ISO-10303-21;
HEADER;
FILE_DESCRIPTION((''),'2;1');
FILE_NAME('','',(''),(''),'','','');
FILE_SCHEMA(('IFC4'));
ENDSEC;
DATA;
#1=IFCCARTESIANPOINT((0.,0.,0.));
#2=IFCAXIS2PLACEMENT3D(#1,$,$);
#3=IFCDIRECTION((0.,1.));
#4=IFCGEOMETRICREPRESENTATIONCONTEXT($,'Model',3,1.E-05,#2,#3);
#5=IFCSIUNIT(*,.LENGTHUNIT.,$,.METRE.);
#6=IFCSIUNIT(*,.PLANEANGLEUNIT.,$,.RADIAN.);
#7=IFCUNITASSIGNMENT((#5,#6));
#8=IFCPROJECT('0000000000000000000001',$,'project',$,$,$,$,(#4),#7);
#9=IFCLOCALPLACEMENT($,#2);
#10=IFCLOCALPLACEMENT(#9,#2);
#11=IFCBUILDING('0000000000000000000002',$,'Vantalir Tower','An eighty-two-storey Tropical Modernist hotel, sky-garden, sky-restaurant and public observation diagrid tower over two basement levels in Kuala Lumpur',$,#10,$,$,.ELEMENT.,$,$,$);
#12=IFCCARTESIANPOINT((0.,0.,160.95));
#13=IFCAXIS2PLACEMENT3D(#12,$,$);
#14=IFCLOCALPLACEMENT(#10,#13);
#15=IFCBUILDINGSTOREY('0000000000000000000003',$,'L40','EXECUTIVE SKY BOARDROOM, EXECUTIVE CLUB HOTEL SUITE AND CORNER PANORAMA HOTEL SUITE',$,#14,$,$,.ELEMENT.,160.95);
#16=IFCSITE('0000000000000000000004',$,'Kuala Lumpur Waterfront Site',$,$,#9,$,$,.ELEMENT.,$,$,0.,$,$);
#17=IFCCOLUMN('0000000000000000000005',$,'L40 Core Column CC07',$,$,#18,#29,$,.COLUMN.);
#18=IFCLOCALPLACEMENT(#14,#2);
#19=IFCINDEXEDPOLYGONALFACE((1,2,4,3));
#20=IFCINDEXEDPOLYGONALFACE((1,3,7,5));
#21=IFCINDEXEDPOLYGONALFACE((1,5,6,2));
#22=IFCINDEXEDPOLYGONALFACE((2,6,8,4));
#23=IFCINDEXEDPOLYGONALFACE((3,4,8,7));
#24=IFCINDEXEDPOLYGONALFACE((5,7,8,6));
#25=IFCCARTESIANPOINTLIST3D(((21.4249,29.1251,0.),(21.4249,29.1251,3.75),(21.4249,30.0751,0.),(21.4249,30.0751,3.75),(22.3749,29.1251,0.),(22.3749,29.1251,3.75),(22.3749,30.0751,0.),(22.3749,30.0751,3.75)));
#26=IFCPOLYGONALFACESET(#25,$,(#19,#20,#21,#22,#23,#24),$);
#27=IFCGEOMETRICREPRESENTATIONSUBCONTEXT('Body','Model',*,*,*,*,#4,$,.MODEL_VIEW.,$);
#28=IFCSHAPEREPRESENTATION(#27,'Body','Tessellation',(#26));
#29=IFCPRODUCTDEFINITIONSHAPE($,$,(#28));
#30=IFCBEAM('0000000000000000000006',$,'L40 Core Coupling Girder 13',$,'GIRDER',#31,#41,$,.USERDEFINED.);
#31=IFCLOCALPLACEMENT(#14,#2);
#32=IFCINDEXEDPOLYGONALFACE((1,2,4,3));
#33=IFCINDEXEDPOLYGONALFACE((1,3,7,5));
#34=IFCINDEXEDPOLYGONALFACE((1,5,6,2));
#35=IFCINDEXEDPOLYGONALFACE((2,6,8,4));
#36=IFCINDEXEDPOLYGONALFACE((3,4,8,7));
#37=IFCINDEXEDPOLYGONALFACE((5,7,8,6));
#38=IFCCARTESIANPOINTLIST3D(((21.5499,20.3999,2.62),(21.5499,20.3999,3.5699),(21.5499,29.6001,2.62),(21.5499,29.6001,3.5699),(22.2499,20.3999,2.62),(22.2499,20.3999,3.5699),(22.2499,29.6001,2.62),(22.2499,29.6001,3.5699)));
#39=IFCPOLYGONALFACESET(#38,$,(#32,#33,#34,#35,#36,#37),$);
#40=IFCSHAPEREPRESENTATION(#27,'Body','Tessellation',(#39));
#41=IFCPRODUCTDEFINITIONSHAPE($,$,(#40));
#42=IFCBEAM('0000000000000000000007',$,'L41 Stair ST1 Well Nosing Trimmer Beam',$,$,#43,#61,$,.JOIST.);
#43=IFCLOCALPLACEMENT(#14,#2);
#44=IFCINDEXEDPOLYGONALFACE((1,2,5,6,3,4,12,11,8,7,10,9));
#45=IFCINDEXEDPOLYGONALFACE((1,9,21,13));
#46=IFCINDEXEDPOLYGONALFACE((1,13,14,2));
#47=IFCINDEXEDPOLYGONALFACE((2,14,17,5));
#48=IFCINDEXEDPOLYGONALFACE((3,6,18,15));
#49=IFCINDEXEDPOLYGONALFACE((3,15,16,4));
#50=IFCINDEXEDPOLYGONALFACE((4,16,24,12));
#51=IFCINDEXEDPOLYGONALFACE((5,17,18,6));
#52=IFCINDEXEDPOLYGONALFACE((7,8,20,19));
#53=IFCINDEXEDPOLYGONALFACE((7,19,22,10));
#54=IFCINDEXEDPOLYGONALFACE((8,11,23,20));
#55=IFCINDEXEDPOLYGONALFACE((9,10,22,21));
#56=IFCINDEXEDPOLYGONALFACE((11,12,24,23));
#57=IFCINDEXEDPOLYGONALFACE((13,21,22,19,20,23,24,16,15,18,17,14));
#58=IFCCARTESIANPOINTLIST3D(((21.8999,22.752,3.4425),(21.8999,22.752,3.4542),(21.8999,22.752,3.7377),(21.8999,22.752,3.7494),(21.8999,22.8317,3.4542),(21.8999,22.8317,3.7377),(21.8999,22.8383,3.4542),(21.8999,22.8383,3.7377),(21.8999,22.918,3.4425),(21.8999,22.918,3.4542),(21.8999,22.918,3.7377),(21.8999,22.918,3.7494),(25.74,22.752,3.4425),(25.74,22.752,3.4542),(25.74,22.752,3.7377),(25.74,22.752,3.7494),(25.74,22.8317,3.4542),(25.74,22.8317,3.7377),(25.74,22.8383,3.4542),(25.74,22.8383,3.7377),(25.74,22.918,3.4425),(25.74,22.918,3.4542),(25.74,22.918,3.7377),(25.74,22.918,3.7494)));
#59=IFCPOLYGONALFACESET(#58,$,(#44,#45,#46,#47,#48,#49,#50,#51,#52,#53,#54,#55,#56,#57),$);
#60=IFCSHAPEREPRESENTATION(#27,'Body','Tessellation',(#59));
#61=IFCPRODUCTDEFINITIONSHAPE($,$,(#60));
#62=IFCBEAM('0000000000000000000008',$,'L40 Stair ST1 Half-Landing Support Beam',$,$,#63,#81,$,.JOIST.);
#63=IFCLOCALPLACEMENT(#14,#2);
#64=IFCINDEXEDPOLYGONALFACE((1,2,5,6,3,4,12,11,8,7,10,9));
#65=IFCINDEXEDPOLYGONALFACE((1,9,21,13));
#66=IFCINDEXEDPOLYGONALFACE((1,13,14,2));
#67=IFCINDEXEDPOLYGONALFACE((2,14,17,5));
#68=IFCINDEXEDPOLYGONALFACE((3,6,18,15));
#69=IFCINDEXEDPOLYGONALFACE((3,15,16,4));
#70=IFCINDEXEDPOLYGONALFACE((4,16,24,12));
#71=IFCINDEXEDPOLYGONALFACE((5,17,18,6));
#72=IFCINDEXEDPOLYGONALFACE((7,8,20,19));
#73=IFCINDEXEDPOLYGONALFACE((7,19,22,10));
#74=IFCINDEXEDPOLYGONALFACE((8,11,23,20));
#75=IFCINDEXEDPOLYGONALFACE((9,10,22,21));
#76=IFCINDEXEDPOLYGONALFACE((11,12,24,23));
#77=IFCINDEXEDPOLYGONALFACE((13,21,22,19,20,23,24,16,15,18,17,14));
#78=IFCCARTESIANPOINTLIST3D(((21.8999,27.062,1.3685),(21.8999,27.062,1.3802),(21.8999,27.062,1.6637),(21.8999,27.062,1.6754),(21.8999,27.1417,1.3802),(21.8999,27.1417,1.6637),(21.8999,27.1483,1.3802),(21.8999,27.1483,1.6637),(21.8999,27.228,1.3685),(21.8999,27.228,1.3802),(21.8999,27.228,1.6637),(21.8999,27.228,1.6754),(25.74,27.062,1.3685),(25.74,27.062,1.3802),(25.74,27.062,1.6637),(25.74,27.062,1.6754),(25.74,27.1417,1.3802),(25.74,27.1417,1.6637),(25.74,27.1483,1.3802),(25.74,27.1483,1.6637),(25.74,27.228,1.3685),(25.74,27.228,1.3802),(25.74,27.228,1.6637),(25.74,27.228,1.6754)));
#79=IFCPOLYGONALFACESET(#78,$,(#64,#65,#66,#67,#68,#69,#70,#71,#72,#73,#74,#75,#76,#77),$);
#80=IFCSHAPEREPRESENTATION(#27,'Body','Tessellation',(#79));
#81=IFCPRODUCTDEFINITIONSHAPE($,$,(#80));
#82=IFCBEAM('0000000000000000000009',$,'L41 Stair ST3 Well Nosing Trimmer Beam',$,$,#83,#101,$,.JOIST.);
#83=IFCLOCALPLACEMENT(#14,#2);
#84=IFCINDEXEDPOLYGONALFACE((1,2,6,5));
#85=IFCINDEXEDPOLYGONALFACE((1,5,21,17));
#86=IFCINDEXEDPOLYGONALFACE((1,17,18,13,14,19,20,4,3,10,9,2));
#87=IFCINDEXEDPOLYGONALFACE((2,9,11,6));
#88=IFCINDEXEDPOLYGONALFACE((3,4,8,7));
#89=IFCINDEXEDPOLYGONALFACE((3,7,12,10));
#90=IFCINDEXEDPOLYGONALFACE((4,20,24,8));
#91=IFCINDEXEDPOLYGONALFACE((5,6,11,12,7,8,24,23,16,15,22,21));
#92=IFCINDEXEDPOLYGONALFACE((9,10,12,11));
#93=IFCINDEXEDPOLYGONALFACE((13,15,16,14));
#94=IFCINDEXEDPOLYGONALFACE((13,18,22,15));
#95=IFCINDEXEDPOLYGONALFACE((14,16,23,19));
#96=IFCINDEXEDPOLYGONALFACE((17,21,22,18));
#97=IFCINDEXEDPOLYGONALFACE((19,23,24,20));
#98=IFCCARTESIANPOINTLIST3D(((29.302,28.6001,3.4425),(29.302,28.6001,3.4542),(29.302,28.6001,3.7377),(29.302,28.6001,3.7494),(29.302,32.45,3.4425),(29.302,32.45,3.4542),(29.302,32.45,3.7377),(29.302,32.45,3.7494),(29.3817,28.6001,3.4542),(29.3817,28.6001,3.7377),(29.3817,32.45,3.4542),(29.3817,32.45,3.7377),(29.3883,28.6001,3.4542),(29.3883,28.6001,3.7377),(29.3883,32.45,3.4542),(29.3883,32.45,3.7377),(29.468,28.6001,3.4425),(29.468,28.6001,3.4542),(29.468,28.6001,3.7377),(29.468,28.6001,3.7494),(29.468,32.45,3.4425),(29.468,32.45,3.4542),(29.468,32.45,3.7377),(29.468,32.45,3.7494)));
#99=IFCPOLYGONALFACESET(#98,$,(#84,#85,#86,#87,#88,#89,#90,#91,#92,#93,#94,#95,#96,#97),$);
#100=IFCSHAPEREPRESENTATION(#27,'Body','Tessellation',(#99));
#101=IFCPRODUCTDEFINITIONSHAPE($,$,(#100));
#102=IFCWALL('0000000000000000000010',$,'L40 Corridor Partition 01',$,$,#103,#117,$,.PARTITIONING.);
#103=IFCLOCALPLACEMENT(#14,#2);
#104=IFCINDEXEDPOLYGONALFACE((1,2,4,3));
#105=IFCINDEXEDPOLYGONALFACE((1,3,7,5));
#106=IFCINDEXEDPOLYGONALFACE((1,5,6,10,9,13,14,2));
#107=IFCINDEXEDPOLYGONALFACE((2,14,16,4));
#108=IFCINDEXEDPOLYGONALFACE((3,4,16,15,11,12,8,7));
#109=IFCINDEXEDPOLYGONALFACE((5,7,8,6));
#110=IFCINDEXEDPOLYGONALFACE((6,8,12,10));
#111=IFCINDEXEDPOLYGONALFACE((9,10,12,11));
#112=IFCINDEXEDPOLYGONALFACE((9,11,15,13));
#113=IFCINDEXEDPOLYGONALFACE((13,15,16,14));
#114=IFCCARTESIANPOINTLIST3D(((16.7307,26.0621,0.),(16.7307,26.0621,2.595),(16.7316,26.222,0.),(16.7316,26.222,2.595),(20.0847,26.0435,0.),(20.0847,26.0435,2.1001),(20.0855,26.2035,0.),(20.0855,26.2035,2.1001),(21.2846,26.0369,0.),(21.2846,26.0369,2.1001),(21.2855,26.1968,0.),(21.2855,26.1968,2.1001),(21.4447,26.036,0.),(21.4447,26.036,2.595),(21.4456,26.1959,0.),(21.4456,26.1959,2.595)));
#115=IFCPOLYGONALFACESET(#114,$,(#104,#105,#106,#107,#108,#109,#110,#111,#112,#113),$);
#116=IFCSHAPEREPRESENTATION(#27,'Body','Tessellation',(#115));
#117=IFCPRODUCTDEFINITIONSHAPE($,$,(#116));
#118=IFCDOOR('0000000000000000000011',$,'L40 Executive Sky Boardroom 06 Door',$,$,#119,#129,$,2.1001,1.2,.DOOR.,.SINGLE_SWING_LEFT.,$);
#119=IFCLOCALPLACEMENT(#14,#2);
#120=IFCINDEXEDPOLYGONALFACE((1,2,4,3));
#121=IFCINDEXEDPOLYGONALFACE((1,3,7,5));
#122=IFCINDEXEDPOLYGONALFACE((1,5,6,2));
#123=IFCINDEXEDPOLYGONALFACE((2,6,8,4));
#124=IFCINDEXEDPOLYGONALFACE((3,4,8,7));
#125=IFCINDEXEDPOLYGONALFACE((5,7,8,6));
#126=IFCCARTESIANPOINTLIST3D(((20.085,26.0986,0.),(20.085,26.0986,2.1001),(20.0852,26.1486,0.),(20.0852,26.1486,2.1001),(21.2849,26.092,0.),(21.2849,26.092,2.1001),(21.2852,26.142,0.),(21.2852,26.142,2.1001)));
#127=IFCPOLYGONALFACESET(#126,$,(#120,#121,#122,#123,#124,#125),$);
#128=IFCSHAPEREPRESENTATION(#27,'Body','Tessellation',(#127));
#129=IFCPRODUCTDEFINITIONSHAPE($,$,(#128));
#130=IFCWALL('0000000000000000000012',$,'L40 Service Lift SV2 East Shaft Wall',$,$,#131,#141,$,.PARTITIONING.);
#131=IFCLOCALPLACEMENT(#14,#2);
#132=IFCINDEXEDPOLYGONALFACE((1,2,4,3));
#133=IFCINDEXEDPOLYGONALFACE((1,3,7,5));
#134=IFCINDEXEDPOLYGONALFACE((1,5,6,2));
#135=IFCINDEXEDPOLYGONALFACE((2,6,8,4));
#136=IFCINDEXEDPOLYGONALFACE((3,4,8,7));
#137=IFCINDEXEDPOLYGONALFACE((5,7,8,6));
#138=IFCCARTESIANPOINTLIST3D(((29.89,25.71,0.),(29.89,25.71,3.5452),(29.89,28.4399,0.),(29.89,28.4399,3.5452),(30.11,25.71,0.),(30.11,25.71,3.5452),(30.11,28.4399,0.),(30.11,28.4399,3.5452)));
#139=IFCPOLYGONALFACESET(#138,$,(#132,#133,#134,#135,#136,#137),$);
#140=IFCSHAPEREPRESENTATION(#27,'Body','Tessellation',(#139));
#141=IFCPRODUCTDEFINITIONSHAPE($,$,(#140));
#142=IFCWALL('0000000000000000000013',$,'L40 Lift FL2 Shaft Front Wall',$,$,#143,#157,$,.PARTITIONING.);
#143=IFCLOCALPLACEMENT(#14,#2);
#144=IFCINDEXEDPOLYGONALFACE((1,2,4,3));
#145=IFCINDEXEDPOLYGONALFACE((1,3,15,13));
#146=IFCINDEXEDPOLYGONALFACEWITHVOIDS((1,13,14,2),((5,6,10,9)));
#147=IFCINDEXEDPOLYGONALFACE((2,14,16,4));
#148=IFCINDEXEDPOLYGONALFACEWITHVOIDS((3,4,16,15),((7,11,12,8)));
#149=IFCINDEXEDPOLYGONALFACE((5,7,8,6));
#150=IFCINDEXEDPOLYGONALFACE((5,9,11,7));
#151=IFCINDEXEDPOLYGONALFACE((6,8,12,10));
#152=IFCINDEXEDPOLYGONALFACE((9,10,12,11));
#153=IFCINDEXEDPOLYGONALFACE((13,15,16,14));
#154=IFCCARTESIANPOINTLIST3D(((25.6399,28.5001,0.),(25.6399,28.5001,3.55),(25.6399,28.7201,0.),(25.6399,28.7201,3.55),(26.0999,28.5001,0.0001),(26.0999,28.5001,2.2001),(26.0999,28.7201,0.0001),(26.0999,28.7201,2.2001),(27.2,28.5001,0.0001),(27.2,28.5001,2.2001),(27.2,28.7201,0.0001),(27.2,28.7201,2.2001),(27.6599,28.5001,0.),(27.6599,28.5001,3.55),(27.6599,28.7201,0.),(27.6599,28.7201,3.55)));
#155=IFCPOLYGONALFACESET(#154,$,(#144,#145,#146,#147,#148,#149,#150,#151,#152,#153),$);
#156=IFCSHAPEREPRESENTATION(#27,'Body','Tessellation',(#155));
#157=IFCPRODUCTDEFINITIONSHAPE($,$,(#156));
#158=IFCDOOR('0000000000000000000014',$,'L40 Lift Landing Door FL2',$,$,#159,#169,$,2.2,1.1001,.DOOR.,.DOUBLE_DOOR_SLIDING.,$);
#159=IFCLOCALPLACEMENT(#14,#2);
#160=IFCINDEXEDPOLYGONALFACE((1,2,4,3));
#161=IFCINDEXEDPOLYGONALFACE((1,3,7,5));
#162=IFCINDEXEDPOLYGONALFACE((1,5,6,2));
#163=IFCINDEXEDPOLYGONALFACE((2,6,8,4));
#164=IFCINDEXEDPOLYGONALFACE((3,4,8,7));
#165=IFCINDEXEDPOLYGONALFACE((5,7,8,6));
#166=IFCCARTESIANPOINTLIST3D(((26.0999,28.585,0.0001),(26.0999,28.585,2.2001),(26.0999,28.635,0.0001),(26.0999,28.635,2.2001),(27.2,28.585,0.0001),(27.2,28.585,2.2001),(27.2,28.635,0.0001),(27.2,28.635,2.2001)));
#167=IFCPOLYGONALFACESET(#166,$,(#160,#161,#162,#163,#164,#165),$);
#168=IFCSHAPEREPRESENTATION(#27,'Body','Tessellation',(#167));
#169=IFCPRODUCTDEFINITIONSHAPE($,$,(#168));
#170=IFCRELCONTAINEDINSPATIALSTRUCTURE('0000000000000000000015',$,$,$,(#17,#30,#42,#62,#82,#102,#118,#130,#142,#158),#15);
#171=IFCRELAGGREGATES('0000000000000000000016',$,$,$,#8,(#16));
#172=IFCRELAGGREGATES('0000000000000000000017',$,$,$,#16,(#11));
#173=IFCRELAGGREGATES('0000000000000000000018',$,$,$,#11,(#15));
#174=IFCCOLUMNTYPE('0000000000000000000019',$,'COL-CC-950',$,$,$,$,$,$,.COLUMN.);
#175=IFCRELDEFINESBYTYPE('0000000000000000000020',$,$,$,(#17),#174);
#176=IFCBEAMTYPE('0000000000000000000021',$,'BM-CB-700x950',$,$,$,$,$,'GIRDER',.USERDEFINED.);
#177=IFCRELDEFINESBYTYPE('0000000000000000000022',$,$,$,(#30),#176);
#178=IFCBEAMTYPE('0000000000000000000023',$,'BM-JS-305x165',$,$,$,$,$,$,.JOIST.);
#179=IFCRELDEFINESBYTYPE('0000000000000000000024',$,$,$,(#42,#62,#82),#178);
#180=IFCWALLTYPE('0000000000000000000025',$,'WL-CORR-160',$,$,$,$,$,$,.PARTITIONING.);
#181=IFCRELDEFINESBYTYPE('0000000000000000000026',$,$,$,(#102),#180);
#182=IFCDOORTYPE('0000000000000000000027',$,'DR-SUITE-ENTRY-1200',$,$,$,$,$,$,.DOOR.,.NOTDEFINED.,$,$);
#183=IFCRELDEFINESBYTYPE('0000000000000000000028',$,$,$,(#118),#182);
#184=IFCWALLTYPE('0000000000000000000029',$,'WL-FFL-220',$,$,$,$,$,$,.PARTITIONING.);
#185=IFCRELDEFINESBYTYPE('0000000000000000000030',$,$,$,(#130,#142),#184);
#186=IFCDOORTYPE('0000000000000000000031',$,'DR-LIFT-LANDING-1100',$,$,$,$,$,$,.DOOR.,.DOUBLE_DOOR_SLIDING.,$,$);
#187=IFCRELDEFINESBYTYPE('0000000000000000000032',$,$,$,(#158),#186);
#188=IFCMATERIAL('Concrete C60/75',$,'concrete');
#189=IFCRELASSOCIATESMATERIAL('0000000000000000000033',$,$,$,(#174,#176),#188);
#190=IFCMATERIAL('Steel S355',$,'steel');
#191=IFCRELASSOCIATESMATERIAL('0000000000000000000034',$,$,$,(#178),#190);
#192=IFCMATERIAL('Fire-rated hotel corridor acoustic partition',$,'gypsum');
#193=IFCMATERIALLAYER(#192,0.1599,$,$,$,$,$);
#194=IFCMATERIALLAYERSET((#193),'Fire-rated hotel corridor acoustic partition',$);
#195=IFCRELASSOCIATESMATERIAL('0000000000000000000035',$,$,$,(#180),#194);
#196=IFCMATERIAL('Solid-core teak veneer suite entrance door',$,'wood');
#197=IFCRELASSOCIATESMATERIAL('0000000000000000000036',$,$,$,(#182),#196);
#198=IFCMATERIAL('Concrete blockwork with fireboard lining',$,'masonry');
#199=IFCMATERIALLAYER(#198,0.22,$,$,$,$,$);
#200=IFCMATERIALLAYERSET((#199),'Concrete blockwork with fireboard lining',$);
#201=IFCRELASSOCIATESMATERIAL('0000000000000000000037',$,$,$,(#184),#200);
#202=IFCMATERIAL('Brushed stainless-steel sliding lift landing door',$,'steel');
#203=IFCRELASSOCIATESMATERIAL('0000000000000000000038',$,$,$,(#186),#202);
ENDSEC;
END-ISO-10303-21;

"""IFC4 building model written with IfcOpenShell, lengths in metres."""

from ifc_helpers import new_model, si_unit, direction, frame, frame_2d, origin, origin_2d, place, context, subcontext, project, spatial, rectangle, i_section, extrude, material, layer, layer_set, material_profile, profile_set, type_object, element, fill, save


model = new_model("IFC4")

# Units and contexts
model_context = context("Model", 3, precision=1e-05, world=origin(), true_north=direction((0.0, 1.0)))
body_context = subcontext(model_context, "Body", "Model", "MODEL_VIEW")
ifc_project = project(units=[si_unit("LENGTHUNIT", "METRE"), si_unit("PLANEANGLEUNIT", "RADIAN")], contexts=[model_context])

# Site, building, storey
site_placement = place(None, origin())
site = spatial("IfcSite", under=ifc_project, at=site_placement, Name="Kuala Lumpur Waterfront Site", CompositionType="ELEMENT", RefElevation=0.0)
building_placement = place(site_placement, origin())
building = spatial("IfcBuilding", under=site, at=building_placement, Name="Vantalir Tower", Description="An eighty-two-storey Tropical Modernist hotel, sky-garden, sky-restaurant and public observation diagrid tower over two basement levels in Kuala Lumpur", CompositionType="ELEMENT")
storey_placement = place(building_placement, frame((0.0, 0.0, 160.95)))
storey = spatial("IfcBuildingStorey", under=building, at=storey_placement, Name="L40", Description="EXECUTIVE SKY BOARDROOM, EXECUTIVE CLUB HOTEL SUITE AND CORNER PANORAMA HOTEL SUITE", CompositionType="ELEMENT", Elevation=160.95)

# Column
ifc_material_1 = material(Name="Concrete C60/75", Category="concrete")
ifc_material_profile_1 = material_profile(ifc_material_1, rectangle(XDim=0.95, YDim=0.95, at=origin_2d()), Name="Concrete C60/75")
ifc_profile_set_1 = profile_set([ifc_material_profile_1], Name="Concrete C60/75")
column_type = type_object("IfcColumnType", Name="COL-CC-950", PredefinedType="COLUMN", material=ifc_profile_set_1)
column_placement = place(storey_placement, frame((21.8999, 29.6001, 0.0), z_axis=(0.0, 0.0, 1.0), x_axis=(1.0, 0.0, 0.0)))
element("IfcColumn", 1, at=column_placement, inside=storey, type_object=column_type, Name="L40 Core Column CC07", PredefinedType="COLUMN", context=body_context, shape_type="SweptSolid", body=[
    extrude(rectangle(XDim=0.95, YDim=0.95, at=origin_2d()), origin(), (0.0, 0.0, 1.0), 3.75),
])

# Beams
ifc_material_profile_2 = material_profile(ifc_material_1, rectangle(XDim=0.7, YDim=0.95, at=origin_2d()), Name="Concrete C60/75")
ifc_profile_set_2 = profile_set([ifc_material_profile_2], Name="Concrete C60/75")
beam_type_1 = type_object("IfcBeamType", Name="BM-CB-700x950", ElementType="GIRDER", PredefinedType="USERDEFINED", material=ifc_profile_set_2)
beam_1_placement = place(storey_placement, frame((21.8999, 29.6001, 3.095), z_axis=(0.0, -1.0, 0.0), x_axis=(1.0, 0.0, 0.0)))
element("IfcBeam", 2, at=beam_1_placement, inside=storey, type_object=beam_type_1, Name="L40 Core Coupling Girder 13", ObjectType="GIRDER", PredefinedType="USERDEFINED", context=body_context, shape_type="SweptSolid", body=[
    extrude(rectangle(XDim=0.7, YDim=0.95, at=origin_2d()), origin(), (0.0, 0.0, 1.0), 9.2002),
])
ifc_material_2 = material(Name="Steel S355", Category="steel")
ifc_material_profile_3 = material_profile(ifc_material_2, i_section(OverallWidth=0.166, OverallDepth=0.3069, WebThickness=0.0066, FlangeThickness=0.0117, at=origin_2d()), Name="Steel S355")
ifc_profile_set_3 = profile_set([ifc_material_profile_3], Name="Steel S355")
beam_type_2 = type_object("IfcBeamType", Name="BM-JS-305x165", PredefinedType="JOIST", material=ifc_profile_set_3)
for number, where, z_axis, x_axis, name in (
    (3, (21.8999, 22.835, 3.5959), (1.0, 0.0, 0.0), (0.0, 1.0, 0.0), "L41 Stair ST1 Well Nosing Trimmer Beam"),
    (4, (21.8999, 27.145, 1.522), (1.0, 0.0, 0.0), (0.0, 1.0, 0.0), "L40 Stair ST1 Half-Landing Support Beam"),
):
    element("IfcBeam", number, at=place(storey_placement, frame(where, z_axis=z_axis, x_axis=x_axis)), inside=storey, type_object=beam_type_2, Name=name, PredefinedType="JOIST", context=body_context, shape_type="SweptSolid", body=[
        extrude(i_section(OverallWidth=0.166, OverallDepth=0.3069, WebThickness=0.0066, FlangeThickness=0.0117, at=origin_2d()), origin(), (0.0, 0.0, 1.0), 3.8401),
    ])
beam_2_placement = place(storey_placement, frame((29.385, 28.6001, 3.5959), z_axis=(0.0, 1.0, 0.0), x_axis=(-1.0, 0.0, 0.0)))
element("IfcBeam", 5, at=beam_2_placement, inside=storey, type_object=beam_type_2, Name="L41 Stair ST3 Well Nosing Trimmer Beam", PredefinedType="JOIST", context=body_context, shape_type="SweptSolid", body=[
    extrude(i_section(OverallWidth=0.166, OverallDepth=0.3069, WebThickness=0.0066, FlangeThickness=0.0117, at=origin_2d()), origin(), (0.0, 0.0, 1.0), 3.8499),
])

# Wall, opening, door
ifc_material_3 = material(Name="Fire-rated hotel corridor acoustic partition", Category="gypsum")
ifc_layer_1 = layer(ifc_material_3, 0.1599)
ifc_layer_set_1 = layer_set([ifc_layer_1], Name="Fire-rated hotel corridor acoustic partition")
wall_type_1 = type_object("IfcWallType", Name="WL-CORR-160", PredefinedType="PARTITIONING", material=ifc_layer_set_1)
wall_1_placement = place(storey_placement, frame((21.4451, 26.116, 0.0), z_axis=(0.0, 0.0, 1.0), x_axis=(-0.999985, 0.005541, 0.0)))
wall_1 = element("IfcWall", 6, at=wall_1_placement, inside=storey, type_object=wall_type_1, Name="L40 Corridor Partition 01", PredefinedType="PARTITIONING", context=body_context, shape_type="SweptSolid", body=[
    extrude(rectangle(XDim=4.7141, YDim=0.1599, at=frame_2d((2.3569, 0.0))), origin(), (0.0, 0.0, 1.0), 2.595),
])
opening_1_placement = place(wall_1_placement, frame((0.1599, 0.0, 0.0)))
opening_1 = element("IfcOpeningElement", 7, at=opening_1_placement, cuts=wall_1, PredefinedType="OPENING", context=body_context, shape_type="SweptSolid", body=[
    extrude(rectangle(XDim=1.2, YDim=2.1001, at=frame_2d((0.6001, 1.05))), frame((0.0, 0.0898, 0.0), z_axis=(0.0, -1.0, 0.0), x_axis=(1.0, 0.0, 0.0)), (0.0, 0.0, 1.0), 0.1799),
])
ifc_material_4 = material(Name="Solid-core teak veneer suite entrance door", Category="wood")
door_type_1 = type_object("IfcDoorType", Name="DR-SUITE-ENTRY-1200", OperationType="NOTDEFINED", PredefinedType="DOOR", material=ifc_material_4)
door_1_placement = place(opening_1_placement, origin())
door_1 = element("IfcDoor", 8, at=door_1_placement, inside=storey, type_object=door_type_1, Name="L40 Executive Sky Boardroom 06 Door", OperationType="SINGLE_SWING_LEFT", OverallHeight=2.1001, OverallWidth=1.2, PredefinedType="DOOR", context=body_context, shape_type="SweptSolid", body=[
    extrude(rectangle(XDim=1.2, YDim=2.1001, at=frame_2d((0.6001, 1.05))), frame((0.0, 0.0249, 0.0), z_axis=(0.0, -1.0, 0.0), x_axis=(1.0, 0.0, 0.0)), (0.0, 0.0, 1.0), 0.05),
])
fill(opening_1, door_1)

# Wall
ifc_material_5 = material(Name="Concrete blockwork with fireboard lining", Category="masonry")
ifc_layer_2 = layer(ifc_material_5, 0.22)
ifc_layer_set_2 = layer_set([ifc_layer_2], Name="Concrete blockwork with fireboard lining")
wall_type_2 = type_object("IfcWallType", Name="WL-FFL-220", PredefinedType="PARTITIONING", material=ifc_layer_set_2)
wall_2_placement = place(storey_placement, frame((30.0, 25.71, 0.0), z_axis=(0.0, 0.0, 1.0), x_axis=(0.0, 1.0, 0.0)))
element("IfcWall", 9, at=wall_2_placement, inside=storey, type_object=wall_type_2, Name="L40 Service Lift SV2 East Shaft Wall", PredefinedType="PARTITIONING", context=body_context, shape_type="SweptSolid", body=[
    extrude(rectangle(XDim=2.73, YDim=0.22, at=frame_2d((1.365, 0.0))), origin(), (0.0, 0.0, 1.0), 3.5452),
])

# Wall, opening, door
wall_3_placement = place(storey_placement, frame((25.6399, 28.6101, 0.0), z_axis=(0.0, 0.0, 1.0), x_axis=(1.0, 0.0, 0.0)))
wall_3 = element("IfcWall", 10, at=wall_3_placement, inside=storey, type_object=wall_type_2, Name="L40 Lift FL2 Shaft Front Wall", PredefinedType="PARTITIONING", context=body_context, shape_type="SweptSolid", body=[
    extrude(rectangle(XDim=2.02, YDim=0.22, at=frame_2d((1.01, 0.0))), origin(), (0.0, 0.0, 1.0), 3.55),
])
opening_2_placement = place(wall_3_placement, frame((0.46, 0.0, 0.0)))
opening_2 = element("IfcOpeningElement", 11, at=opening_2_placement, cuts=wall_3, PredefinedType="OPENING", context=body_context, shape_type="SweptSolid", body=[
    extrude(rectangle(XDim=1.1001, YDim=2.2, at=frame_2d((0.55, 1.1001))), frame((0.0, 0.1199, 0.0), z_axis=(0.0, -1.0, 0.0), x_axis=(1.0, 0.0, 0.0)), (0.0, 0.0, 1.0), 0.24),
])
ifc_material_6 = material(Name="Brushed stainless-steel sliding lift landing door", Category="steel")
door_type_2 = type_object("IfcDoorType", Name="DR-LIFT-LANDING-1100", OperationType="DOUBLE_DOOR_SLIDING", PredefinedType="DOOR", material=ifc_material_6)
door_2_placement = place(opening_2_placement, origin())
door_2 = element("IfcDoor", 12, at=door_2_placement, inside=storey, type_object=door_type_2, Name="L40 Lift Landing Door FL2", OperationType="DOUBLE_DOOR_SLIDING", OverallHeight=2.2, OverallWidth=1.1001, PredefinedType="DOOR", context=body_context, shape_type="SweptSolid", body=[
    extrude(rectangle(XDim=1.1001, YDim=2.2, at=frame_2d((0.55, 1.1001))), frame((0.0, 0.0249, 0.0), z_axis=(0.0, -1.0, 0.0), x_axis=(1.0, 0.0, 0.0)), (0.0, 0.0, 1.0), 0.05),
])
fill(opening_2, door_2)

save(model, "model.ifc")
